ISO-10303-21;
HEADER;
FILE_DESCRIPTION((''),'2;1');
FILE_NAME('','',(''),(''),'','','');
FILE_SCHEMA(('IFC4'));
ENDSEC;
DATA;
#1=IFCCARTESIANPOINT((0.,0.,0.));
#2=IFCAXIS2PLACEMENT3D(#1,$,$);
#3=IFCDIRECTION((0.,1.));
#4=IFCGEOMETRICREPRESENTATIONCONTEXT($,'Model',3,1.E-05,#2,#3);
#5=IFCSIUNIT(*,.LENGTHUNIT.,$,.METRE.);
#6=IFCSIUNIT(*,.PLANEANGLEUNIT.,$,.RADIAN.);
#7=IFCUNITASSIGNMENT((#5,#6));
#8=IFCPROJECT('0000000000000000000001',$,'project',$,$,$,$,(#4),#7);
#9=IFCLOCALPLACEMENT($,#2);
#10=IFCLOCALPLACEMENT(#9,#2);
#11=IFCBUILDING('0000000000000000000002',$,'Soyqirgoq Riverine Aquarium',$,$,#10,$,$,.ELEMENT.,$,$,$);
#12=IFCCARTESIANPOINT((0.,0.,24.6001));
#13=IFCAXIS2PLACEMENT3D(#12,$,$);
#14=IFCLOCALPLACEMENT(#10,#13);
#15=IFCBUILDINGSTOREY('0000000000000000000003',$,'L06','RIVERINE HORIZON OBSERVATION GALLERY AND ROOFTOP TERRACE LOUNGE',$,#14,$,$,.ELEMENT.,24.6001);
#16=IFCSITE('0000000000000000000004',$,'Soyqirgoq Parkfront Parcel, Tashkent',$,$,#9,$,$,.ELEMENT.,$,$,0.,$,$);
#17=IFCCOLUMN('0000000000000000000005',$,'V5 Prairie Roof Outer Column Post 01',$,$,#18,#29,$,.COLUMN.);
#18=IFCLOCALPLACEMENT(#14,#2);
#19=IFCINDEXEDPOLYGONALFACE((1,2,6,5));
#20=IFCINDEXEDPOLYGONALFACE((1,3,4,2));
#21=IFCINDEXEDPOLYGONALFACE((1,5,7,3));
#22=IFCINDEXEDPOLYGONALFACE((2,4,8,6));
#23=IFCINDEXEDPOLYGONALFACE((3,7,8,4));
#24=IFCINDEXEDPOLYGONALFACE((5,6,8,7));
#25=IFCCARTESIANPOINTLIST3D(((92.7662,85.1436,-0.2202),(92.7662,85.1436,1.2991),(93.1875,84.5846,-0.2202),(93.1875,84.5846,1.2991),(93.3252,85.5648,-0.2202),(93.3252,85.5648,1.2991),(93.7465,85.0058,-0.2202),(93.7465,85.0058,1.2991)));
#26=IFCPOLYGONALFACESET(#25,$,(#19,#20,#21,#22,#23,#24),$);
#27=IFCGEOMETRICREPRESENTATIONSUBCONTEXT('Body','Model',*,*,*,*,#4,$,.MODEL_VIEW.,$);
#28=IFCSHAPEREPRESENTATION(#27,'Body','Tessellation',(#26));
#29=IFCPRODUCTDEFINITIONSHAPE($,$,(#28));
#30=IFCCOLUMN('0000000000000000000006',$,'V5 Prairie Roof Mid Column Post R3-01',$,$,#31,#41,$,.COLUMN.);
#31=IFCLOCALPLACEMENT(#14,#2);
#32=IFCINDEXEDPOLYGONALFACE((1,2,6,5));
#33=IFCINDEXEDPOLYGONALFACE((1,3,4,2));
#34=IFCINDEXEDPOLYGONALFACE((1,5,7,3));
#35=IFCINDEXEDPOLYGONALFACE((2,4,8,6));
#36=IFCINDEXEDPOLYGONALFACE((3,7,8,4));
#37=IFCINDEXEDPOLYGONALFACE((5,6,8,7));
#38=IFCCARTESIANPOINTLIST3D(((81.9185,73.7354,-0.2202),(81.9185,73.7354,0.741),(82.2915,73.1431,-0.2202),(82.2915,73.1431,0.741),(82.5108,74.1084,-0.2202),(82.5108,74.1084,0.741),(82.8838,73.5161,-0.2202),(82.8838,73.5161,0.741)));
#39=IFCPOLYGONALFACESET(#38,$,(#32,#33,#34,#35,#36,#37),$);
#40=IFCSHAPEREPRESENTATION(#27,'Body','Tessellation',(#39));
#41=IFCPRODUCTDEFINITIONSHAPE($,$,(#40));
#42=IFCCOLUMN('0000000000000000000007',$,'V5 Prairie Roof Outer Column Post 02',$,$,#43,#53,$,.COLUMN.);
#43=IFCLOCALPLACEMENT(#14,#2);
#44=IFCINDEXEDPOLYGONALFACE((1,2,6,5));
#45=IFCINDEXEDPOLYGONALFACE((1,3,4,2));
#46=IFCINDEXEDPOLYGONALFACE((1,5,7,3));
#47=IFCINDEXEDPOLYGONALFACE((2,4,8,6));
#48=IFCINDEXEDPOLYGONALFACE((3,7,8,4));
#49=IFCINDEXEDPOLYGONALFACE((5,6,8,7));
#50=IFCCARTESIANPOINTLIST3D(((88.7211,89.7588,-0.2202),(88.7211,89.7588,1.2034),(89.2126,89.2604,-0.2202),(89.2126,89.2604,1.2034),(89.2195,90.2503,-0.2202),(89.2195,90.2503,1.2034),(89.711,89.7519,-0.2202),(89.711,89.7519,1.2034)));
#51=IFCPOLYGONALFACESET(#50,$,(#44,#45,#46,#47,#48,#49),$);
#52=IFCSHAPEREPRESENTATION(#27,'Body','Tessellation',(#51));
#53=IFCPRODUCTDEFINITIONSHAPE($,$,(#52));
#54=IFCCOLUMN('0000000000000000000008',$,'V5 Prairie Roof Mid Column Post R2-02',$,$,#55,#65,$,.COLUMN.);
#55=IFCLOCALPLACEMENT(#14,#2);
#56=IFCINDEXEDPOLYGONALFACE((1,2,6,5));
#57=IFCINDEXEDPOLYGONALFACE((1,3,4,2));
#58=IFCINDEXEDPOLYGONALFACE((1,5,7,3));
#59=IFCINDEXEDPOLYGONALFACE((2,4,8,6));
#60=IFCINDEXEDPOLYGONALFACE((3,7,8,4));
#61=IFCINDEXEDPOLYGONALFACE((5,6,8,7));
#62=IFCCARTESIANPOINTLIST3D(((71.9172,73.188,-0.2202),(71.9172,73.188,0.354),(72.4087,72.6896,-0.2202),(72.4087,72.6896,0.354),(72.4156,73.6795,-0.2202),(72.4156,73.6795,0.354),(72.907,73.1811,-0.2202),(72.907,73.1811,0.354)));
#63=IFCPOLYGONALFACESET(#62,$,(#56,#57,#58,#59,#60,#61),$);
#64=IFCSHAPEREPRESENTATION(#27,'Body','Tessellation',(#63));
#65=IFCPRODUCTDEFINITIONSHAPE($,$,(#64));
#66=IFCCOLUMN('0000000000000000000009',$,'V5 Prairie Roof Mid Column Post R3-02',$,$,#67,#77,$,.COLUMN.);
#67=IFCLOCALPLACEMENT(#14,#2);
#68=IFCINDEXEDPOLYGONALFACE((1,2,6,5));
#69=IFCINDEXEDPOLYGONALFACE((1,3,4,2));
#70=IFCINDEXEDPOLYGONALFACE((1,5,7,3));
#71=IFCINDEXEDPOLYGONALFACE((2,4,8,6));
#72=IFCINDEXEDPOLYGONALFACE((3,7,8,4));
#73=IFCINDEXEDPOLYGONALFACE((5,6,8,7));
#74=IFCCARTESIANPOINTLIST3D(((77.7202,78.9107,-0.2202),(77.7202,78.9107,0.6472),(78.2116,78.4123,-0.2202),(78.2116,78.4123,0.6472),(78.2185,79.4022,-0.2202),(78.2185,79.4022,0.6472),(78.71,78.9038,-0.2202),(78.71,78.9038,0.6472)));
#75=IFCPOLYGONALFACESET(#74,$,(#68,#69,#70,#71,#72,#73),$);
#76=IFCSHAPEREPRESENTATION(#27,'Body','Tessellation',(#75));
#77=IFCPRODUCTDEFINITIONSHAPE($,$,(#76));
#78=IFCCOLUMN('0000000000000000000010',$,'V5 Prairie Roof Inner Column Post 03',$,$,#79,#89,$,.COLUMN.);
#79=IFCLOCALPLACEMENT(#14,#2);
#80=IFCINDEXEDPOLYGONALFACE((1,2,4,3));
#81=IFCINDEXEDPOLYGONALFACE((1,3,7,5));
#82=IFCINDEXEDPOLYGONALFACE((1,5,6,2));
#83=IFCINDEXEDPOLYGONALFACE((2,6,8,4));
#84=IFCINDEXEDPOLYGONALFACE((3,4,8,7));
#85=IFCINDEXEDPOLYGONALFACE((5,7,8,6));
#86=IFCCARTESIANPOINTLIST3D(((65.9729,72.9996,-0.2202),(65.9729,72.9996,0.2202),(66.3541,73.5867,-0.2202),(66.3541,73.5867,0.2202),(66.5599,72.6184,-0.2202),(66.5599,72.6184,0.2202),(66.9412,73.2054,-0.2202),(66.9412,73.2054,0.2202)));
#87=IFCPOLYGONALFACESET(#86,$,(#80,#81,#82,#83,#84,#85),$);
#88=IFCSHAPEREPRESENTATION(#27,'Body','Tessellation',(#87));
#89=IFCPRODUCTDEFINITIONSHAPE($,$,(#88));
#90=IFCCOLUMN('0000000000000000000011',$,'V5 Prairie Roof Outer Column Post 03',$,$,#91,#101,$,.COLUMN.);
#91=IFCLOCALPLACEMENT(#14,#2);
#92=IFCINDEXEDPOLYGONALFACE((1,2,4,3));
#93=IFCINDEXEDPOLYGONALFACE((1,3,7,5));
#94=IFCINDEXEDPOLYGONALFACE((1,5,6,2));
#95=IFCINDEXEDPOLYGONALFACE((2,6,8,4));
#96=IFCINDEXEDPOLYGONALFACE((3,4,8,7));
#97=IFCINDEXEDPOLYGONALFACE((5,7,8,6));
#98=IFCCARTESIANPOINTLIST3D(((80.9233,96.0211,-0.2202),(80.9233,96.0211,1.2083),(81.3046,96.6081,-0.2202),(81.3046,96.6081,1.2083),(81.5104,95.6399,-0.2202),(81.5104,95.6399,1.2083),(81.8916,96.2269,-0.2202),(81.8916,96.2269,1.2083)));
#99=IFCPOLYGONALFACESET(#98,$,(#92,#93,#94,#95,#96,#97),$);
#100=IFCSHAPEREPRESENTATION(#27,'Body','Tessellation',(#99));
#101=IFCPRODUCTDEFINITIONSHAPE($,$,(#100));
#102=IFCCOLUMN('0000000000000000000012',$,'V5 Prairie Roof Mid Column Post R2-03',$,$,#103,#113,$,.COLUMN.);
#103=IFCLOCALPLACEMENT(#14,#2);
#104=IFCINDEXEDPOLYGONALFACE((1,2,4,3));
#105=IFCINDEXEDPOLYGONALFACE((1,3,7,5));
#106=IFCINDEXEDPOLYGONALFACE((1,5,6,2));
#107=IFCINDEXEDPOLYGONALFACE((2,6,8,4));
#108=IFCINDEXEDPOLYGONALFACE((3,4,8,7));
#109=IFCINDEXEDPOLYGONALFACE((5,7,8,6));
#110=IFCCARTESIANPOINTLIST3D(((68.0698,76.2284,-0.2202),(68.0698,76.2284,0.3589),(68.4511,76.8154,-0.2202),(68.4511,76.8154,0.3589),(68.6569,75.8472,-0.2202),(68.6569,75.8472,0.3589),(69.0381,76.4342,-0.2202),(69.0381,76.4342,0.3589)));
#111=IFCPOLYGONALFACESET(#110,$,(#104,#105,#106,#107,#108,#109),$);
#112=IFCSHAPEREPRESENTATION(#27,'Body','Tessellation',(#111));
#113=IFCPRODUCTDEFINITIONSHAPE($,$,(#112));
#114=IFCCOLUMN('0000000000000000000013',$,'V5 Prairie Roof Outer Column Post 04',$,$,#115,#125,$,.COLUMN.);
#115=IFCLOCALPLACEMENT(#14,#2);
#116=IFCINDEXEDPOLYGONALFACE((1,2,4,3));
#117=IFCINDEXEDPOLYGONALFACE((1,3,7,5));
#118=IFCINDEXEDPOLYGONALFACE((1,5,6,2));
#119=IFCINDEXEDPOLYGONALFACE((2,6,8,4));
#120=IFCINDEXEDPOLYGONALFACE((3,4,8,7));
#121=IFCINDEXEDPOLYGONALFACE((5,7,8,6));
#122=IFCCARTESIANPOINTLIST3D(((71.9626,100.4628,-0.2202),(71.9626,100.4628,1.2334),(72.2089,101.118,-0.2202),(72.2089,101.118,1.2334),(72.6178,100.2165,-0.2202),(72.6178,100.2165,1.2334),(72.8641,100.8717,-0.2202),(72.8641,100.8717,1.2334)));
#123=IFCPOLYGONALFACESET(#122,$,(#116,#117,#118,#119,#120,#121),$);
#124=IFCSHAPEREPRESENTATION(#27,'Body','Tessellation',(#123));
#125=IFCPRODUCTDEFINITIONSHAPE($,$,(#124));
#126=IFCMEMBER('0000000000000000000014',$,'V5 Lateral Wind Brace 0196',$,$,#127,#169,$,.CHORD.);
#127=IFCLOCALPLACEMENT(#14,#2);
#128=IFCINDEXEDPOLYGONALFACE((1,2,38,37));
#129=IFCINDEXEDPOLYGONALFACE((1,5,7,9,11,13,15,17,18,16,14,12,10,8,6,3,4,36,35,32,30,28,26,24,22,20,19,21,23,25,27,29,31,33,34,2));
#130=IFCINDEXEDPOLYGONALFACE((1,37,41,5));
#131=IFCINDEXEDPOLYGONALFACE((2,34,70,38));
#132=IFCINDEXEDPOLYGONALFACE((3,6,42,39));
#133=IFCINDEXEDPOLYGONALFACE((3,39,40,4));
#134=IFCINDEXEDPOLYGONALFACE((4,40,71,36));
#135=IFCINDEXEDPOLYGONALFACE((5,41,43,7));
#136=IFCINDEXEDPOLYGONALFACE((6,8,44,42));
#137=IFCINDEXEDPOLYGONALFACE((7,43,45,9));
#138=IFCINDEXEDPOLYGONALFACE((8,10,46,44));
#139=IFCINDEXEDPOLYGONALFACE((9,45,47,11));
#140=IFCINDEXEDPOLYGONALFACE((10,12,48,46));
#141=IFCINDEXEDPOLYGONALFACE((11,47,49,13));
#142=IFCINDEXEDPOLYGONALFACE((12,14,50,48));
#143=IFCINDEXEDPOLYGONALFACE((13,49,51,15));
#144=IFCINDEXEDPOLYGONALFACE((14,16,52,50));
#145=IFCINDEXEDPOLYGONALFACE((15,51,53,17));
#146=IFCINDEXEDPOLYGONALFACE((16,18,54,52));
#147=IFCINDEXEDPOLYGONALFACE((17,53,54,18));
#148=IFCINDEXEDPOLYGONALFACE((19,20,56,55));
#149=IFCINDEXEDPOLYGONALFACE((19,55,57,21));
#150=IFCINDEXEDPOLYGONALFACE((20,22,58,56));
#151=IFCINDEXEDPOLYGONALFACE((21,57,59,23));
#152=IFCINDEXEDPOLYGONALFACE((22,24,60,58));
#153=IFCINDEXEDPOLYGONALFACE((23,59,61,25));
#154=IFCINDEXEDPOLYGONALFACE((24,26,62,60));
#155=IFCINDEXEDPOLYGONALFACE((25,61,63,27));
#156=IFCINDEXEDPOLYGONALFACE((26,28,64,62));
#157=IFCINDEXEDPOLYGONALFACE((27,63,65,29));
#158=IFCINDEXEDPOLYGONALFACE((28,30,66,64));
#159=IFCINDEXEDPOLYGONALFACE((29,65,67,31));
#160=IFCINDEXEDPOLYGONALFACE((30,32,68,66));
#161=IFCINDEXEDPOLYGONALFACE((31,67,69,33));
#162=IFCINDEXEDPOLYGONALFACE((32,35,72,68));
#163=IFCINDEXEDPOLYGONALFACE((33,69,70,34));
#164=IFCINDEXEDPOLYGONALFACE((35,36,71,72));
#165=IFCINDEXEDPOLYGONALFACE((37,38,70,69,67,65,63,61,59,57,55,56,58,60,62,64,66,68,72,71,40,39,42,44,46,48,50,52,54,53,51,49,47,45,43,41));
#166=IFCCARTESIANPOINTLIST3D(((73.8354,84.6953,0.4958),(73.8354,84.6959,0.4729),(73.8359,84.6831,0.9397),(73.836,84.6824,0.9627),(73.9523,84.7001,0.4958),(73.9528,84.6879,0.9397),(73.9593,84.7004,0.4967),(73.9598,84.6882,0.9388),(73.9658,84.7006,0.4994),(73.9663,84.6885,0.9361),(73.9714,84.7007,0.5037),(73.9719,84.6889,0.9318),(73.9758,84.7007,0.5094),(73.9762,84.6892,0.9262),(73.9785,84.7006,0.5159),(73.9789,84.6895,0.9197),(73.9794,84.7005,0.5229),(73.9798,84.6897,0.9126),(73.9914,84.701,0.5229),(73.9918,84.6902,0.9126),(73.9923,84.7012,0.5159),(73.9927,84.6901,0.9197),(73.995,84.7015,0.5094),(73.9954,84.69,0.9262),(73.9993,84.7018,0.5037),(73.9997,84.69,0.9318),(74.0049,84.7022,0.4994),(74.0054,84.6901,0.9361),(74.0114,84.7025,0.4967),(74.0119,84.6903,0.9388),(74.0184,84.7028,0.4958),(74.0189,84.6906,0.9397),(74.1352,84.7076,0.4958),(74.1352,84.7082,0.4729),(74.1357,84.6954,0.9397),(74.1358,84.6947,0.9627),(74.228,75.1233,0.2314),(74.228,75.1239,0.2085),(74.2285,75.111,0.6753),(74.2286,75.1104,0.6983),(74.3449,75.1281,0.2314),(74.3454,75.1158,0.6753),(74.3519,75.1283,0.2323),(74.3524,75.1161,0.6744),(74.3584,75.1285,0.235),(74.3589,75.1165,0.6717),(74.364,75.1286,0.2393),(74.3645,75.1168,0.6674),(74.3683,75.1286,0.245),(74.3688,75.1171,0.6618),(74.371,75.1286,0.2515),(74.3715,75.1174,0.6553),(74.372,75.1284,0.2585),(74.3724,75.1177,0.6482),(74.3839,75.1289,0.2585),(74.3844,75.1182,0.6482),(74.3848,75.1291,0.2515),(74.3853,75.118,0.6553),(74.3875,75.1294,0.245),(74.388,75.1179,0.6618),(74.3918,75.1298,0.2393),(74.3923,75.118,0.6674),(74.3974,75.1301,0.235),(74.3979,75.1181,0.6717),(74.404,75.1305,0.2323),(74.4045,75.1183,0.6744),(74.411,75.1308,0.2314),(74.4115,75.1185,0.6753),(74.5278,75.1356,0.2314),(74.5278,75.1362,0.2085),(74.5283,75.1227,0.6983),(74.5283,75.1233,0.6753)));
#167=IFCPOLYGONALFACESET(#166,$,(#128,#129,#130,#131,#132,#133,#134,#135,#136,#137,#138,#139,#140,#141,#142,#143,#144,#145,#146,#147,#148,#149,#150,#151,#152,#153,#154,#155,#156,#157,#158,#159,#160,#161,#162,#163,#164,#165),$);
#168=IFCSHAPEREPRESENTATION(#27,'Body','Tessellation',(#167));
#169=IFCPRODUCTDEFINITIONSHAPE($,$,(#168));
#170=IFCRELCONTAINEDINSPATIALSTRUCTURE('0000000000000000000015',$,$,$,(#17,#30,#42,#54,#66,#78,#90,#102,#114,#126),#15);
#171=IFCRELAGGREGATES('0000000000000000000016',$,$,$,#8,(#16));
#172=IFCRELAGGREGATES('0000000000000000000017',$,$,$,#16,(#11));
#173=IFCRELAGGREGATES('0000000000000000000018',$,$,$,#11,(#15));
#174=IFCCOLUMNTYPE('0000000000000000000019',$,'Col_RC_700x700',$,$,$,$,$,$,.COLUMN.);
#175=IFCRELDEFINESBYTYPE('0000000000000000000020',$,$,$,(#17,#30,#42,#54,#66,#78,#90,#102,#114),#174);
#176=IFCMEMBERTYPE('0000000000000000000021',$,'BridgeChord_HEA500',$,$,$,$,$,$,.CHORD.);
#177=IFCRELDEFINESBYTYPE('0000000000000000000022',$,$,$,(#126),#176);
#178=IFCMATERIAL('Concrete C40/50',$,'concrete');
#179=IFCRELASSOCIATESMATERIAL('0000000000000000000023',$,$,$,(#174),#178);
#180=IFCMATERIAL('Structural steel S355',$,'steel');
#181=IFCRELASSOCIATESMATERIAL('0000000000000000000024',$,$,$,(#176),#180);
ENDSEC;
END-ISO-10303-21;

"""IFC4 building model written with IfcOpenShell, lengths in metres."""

from ifc_helpers import new_model, si_unit, direction, frame, origin, origin_2d, place, context, subcontext, project, spatial, rectangle, i_section, extrude, material, material_profile, profile_set, type_object, element, save


model = new_model("IFC4")

# Units and contexts
model_context = context("Model", 3, precision=1e-05, world=origin(), true_north=direction((0.0, 1.0)))
body_context = subcontext(model_context, "Body", "Model", "MODEL_VIEW")
ifc_project = project(units=[si_unit("LENGTHUNIT", "METRE"), si_unit("PLANEANGLEUNIT", "RADIAN")], contexts=[model_context])

# Site, building, storey
site_placement = place(None, origin())
site = spatial("IfcSite", under=ifc_project, at=site_placement, Name="Soyqirgoq Parkfront Parcel, Tashkent", CompositionType="ELEMENT", RefElevation=0.0)
building_placement = place(site_placement, origin())
building = spatial("IfcBuilding", under=site, at=building_placement, Name="Soyqirgoq Riverine Aquarium", CompositionType="ELEMENT")
storey_placement = place(building_placement, frame((0.0, 0.0, 24.6001)))
storey = spatial("IfcBuildingStorey", under=building, at=storey_placement, Name="L06", Description="RIVERINE HORIZON OBSERVATION GALLERY AND ROOFTOP TERRACE LOUNGE", CompositionType="ELEMENT", Elevation=24.6001)

# Columns
ifc_material_1 = material(Name="Concrete C40/50", Category="concrete")
ifc_material_profile_1 = material_profile(ifc_material_1, rectangle(XDim=0.7, YDim=0.7, at=origin_2d()), Name="RC 700x700")
ifc_profile_set_1 = profile_set([ifc_material_profile_1], Name="Concrete C40/50")
column_type = type_object("IfcColumnType", Name="Col_RC_700x700", PredefinedType="COLUMN", material=ifc_profile_set_1)
column_1_placement = place(storey_placement, frame((93.2563, 85.0747, -0.2202), z_axis=(0.0, 0.0, 1.0), x_axis=(0.798636, 0.601815, 0.0)))
element("IfcColumn", 1, at=column_1_placement, inside=storey, type_object=column_type, Name="V5 Prairie Roof Outer Column Post 01", PredefinedType="COLUMN", context=body_context, shape_type="SweptSolid", body=[
    extrude(rectangle(XDim=0.7, YDim=0.7, at=origin_2d()), origin(), (0.0, 0.0, 1.0), 1.5193),
])
column_2_placement = place(storey_placement, frame((82.4011, 73.6257, -0.2202), z_axis=(0.0, 0.0, 1.0), x_axis=(0.846193, 0.532876, 0.0)))
element("IfcColumn", 2, at=column_2_placement, inside=storey, type_object=column_type, Name="V5 Prairie Roof Mid Column Post R3-01", PredefinedType="COLUMN", context=body_context, shape_type="SweptSolid", body=[
    extrude(rectangle(XDim=0.7, YDim=0.7, at=origin_2d()), origin(), (0.0, 0.0, 1.0), 0.9612),
])
column_3_placement = place(storey_placement, frame((89.2161, 89.7554, -0.2202), z_axis=(0.0, 0.0, 1.0), x_axis=(0.712026, 0.702153, 0.0)))
element("IfcColumn", 3, at=column_3_placement, inside=storey, type_object=column_type, Name="V5 Prairie Roof Outer Column Post 02", PredefinedType="COLUMN", context=body_context, shape_type="SweptSolid", body=[
    extrude(rectangle(XDim=0.7, YDim=0.7, at=origin_2d()), origin(), (0.0, 0.0, 1.0), 1.4236),
])
column_4_placement = place(storey_placement, frame((72.4121, 73.1846, -0.2202), z_axis=(0.0, 0.0, 1.0), x_axis=(0.712026, 0.702153, 0.0)))
element("IfcColumn", 4, at=column_4_placement, inside=storey, type_object=column_type, Name="V5 Prairie Roof Mid Column Post R2-02", PredefinedType="COLUMN", context=body_context, shape_type="SweptSolid", body=[
    extrude(rectangle(XDim=0.7, YDim=0.7, at=origin_2d()), origin(), (0.0, 0.0, 1.0), 0.5742),
])
column_5_placement = place(storey_placement, frame((78.2151, 78.9072, -0.2202), z_axis=(0.0, 0.0, 1.0), x_axis=(0.712026, 0.702153, 0.0)))
element("IfcColumn", 5, at=column_5_placement, inside=storey, type_object=column_type, Name="V5 Prairie Roof Mid Column Post R3-02", PredefinedType="COLUMN", context=body_context, shape_type="SweptSolid", body=[
    extrude(rectangle(XDim=0.7, YDim=0.7, at=origin_2d()), origin(), (0.0, 0.0, 1.0), 0.8674),
])
column_6_placement = place(storey_placement, frame((66.457, 73.1025, -0.2202), z_axis=(0.0, 0.0, 1.0), x_axis=(0.544639, 0.838671, 0.0)))
element("IfcColumn", 6, at=column_6_placement, inside=storey, type_object=column_type, Name="V5 Prairie Roof Inner Column Post 03", PredefinedType="COLUMN", context=body_context, shape_type="SweptSolid", body=[
    extrude(rectangle(XDim=0.7, YDim=0.7, at=origin_2d()), origin(), (0.0, 0.0, 1.0), 0.4404),
])
column_7_placement = place(storey_placement, frame((81.4075, 96.124, -0.2202), z_axis=(0.0, 0.0, 1.0), x_axis=(0.544639, 0.838671, 0.0)))
element("IfcColumn", 7, at=column_7_placement, inside=storey, type_object=column_type, Name="V5 Prairie Roof Outer Column Post 03", PredefinedType="COLUMN", context=body_context, shape_type="SweptSolid", body=[
    extrude(rectangle(XDim=0.7, YDim=0.7, at=origin_2d()), origin(), (0.0, 0.0, 1.0), 1.4285),
])
column_8_placement = place(storey_placement, frame((68.554, 76.3313, -0.2202), z_axis=(0.0, 0.0, 1.0), x_axis=(0.544639, 0.838671, 0.0)))
element("IfcColumn", 8, at=column_8_placement, inside=storey, type_object=column_type, Name="V5 Prairie Roof Mid Column Post R2-03", PredefinedType="COLUMN", context=body_context, shape_type="SweptSolid", body=[
    extrude(rectangle(XDim=0.7, YDim=0.7, at=origin_2d()), origin(), (0.0, 0.0, 1.0), 0.5791),
])
column_9_placement = place(storey_placement, frame((72.4133, 100.6672, -0.2202), z_axis=(0.0, 0.0, 1.0), x_axis=(0.351842, 0.93606, 0.0)))
element("IfcColumn", 9, at=column_9_placement, inside=storey, type_object=column_type, Name="V5 Prairie Roof Outer Column Post 04", PredefinedType="COLUMN", context=body_context, shape_type="SweptSolid", body=[
    extrude(rectangle(XDim=0.7, YDim=0.7, at=origin_2d()), origin(), (0.0, 0.0, 1.0), 1.4536),
])

# Member
ifc_material_2 = material(Name="Structural steel S355", Category="steel")
ifc_material_profile_2 = material_profile(ifc_material_2, i_section(OverallWidth=0.3, OverallDepth=0.49, WebThickness=0.012, FlangeThickness=0.0229, FilletRadius=0.0271, at=origin_2d()), Name="HEA 500")
ifc_profile_set_2 = profile_set([ifc_material_profile_2], Name="Structural steel S355")
member_type_1 = type_object("IfcMemberType", Name="BridgeChord_HEA500", PredefinedType="CHORD", material=ifc_profile_set_2)
member_1_placement = place(storey_placement, frame((74.3782, 75.1233, 0.4534), z_axis=(-0.040963, 0.99878, 0.027589), x_axis=(-0.99916, -0.040979, 0.0)))
element("IfcMember", 10, at=member_1_placement, inside=storey, type_object=member_type_1, Name="V5 Lateral Wind Brace 0196", PredefinedType="CHORD", context=body_context, shape_type="SweptSolid", body=[
    extrude(i_section(OverallWidth=0.3, OverallDepth=0.49, WebThickness=0.012, FlangeThickness=0.0229, FilletRadius=0.0271, at=origin_2d()), origin(), (0.0, 0.0, 1.0), 9.5837),
])

save(model, "model.ifc")
